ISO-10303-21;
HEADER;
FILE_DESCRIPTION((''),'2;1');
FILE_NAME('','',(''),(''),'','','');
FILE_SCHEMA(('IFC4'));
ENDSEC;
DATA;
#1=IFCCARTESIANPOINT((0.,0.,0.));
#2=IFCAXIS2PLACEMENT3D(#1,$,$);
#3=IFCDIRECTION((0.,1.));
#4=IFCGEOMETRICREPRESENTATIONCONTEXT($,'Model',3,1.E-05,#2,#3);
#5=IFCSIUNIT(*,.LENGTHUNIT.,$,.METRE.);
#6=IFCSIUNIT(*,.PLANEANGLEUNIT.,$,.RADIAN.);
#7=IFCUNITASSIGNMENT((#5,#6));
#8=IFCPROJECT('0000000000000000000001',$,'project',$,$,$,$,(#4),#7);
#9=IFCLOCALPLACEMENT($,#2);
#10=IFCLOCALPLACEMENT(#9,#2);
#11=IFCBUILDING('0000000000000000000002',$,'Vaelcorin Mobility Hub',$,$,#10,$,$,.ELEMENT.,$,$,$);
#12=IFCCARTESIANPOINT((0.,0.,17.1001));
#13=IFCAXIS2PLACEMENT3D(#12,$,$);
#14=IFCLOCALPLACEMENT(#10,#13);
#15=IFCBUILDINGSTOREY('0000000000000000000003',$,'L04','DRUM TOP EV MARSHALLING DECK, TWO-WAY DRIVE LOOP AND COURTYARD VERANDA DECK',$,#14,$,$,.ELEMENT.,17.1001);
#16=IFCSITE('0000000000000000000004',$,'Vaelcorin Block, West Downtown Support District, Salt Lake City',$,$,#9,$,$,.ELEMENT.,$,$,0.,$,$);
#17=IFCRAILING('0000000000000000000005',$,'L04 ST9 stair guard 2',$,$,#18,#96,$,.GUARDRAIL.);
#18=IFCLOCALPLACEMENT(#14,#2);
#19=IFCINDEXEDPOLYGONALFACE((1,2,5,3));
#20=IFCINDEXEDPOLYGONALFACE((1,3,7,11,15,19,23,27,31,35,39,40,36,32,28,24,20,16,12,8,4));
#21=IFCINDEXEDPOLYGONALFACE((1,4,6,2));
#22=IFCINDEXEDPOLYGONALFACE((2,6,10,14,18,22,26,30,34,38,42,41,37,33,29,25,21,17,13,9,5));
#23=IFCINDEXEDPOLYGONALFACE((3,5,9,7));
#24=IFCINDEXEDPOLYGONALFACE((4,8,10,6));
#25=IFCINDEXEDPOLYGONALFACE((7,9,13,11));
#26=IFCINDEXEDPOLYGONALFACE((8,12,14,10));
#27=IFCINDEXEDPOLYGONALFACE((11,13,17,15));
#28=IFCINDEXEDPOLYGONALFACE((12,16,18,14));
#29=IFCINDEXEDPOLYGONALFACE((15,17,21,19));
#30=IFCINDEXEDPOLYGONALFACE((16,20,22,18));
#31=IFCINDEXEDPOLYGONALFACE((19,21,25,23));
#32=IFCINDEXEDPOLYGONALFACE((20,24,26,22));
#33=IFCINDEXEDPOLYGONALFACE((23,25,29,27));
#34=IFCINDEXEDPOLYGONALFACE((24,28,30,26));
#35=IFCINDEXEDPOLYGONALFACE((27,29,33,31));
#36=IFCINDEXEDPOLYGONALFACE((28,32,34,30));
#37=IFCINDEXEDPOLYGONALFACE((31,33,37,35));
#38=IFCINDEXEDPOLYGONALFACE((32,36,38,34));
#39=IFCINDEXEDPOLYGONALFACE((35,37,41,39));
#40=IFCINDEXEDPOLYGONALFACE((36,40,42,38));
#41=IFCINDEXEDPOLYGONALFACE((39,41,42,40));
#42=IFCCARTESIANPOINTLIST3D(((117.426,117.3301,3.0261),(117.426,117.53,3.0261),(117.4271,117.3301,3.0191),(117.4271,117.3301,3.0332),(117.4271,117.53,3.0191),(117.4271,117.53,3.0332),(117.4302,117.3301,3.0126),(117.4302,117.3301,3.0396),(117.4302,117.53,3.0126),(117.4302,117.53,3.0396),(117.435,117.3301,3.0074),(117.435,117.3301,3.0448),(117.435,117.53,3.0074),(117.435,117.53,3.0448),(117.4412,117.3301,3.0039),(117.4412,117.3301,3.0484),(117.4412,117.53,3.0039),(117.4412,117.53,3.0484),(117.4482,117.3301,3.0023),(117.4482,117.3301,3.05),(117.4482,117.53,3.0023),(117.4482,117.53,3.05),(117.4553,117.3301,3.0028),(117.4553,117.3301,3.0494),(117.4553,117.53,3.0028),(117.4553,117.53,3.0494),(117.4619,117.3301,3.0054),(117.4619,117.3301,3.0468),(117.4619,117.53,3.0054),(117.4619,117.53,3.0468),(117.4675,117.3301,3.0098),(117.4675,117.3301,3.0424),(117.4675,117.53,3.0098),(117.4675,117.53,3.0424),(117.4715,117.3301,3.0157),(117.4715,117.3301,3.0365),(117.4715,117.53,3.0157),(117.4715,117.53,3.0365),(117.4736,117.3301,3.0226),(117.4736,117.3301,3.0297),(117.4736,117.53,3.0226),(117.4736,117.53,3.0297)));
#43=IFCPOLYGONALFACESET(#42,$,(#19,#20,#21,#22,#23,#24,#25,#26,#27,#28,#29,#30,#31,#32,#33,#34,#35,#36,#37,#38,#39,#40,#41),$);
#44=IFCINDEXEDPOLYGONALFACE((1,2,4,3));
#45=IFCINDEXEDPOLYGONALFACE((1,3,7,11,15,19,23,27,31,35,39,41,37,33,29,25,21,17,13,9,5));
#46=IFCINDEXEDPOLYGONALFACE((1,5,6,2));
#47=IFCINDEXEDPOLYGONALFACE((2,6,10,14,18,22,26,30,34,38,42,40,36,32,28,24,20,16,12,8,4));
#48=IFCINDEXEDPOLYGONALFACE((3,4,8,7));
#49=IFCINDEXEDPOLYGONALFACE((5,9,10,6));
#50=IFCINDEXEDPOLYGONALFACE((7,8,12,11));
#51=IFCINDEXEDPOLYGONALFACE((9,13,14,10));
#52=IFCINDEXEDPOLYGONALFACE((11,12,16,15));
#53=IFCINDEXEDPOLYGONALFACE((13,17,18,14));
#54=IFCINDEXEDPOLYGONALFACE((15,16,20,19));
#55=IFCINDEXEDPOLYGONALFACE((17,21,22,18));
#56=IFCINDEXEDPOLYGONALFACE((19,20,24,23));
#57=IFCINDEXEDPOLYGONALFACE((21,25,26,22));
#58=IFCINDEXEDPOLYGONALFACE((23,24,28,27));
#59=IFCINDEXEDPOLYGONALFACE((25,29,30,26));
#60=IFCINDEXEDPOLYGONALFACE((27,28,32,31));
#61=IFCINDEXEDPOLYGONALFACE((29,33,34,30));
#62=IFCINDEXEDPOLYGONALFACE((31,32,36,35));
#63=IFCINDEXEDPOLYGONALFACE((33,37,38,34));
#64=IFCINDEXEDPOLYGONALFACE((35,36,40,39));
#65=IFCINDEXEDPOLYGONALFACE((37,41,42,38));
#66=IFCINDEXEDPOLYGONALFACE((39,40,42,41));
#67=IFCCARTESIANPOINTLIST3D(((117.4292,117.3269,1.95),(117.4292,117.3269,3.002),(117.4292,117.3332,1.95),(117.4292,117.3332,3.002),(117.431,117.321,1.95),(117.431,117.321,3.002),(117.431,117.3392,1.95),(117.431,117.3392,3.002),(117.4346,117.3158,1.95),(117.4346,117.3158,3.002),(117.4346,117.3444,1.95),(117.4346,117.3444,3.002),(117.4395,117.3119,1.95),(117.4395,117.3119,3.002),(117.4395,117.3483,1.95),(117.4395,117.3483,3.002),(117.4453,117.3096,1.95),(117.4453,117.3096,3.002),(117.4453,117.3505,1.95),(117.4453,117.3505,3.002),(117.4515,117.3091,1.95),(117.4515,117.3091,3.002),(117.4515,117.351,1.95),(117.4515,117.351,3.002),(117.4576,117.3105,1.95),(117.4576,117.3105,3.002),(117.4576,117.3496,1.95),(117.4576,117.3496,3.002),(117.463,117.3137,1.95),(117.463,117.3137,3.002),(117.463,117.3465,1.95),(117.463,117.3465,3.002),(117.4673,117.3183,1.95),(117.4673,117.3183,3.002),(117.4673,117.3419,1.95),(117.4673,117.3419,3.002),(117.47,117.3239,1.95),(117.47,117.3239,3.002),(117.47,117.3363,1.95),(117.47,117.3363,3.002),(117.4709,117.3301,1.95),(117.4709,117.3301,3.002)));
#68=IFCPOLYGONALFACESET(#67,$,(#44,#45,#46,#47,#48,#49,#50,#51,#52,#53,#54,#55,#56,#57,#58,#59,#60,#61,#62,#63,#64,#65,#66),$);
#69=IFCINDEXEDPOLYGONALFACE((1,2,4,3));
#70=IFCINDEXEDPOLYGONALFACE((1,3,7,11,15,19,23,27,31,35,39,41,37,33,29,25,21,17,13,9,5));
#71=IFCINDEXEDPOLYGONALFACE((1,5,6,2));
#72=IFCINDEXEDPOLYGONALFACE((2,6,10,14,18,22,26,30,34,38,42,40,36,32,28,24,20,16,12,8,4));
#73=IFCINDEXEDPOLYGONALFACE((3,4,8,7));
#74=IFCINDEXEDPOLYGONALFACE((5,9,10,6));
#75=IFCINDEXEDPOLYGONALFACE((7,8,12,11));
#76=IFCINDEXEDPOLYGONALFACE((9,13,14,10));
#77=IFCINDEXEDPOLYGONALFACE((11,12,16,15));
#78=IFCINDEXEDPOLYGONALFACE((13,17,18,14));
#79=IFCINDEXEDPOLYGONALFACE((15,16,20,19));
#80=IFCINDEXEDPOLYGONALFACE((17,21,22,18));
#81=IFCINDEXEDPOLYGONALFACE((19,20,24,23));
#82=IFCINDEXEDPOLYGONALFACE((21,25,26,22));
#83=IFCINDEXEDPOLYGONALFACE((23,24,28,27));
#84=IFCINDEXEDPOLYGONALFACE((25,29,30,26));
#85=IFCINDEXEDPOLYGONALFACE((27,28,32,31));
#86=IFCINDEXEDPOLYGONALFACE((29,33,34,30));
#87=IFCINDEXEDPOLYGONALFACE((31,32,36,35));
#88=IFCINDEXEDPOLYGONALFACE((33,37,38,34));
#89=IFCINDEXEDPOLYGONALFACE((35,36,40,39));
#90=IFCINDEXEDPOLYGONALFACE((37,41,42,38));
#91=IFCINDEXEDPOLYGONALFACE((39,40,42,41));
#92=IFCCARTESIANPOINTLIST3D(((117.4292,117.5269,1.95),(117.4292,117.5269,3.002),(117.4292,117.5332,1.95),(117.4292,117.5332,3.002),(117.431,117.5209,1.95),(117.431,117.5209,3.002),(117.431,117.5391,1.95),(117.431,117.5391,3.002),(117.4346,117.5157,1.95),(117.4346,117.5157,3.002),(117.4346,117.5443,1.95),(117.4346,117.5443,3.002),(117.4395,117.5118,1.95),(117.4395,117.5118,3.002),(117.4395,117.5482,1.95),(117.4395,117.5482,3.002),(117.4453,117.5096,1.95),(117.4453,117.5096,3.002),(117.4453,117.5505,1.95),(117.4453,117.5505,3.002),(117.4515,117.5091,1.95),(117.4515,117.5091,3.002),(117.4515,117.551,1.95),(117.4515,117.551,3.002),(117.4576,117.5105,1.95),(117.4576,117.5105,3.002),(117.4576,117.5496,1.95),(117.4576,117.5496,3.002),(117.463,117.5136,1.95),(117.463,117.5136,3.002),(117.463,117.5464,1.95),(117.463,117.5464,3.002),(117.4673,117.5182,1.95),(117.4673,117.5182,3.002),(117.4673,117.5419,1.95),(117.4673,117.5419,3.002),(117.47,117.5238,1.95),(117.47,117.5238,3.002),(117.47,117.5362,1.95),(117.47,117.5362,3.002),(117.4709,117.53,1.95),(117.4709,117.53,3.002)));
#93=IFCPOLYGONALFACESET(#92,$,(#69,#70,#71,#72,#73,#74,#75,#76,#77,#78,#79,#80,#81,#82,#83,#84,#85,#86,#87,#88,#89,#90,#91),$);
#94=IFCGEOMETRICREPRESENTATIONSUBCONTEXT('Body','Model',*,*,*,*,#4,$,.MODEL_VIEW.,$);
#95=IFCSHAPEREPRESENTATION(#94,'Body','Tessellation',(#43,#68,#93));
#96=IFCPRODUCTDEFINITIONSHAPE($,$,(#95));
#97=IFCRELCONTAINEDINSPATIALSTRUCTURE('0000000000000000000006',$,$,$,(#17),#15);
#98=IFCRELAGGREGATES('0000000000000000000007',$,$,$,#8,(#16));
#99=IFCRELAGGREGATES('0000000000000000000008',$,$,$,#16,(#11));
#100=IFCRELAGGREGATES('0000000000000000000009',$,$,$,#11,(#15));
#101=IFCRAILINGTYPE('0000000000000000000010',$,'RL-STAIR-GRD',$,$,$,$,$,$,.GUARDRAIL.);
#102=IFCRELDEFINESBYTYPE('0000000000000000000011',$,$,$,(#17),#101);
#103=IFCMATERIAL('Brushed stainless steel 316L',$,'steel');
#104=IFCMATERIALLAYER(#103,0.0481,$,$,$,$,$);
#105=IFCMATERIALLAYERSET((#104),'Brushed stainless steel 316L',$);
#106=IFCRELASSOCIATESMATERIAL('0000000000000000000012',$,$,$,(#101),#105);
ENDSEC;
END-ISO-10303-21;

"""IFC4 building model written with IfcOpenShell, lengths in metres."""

from ifc_helpers import new_model, si_unit, direction, frame, origin, origin_2d, place, context, subcontext, project, spatial, circle, extrude, material, layer, layer_set, type_object, element, save


model = new_model("IFC4")

# Units and contexts
model_context = context("Model", 3, precision=1e-05, world=origin(), true_north=direction((0.0, 1.0)))
body_context = subcontext(model_context, "Body", "Model", "MODEL_VIEW")
ifc_project = project(units=[si_unit("LENGTHUNIT", "METRE"), si_unit("PLANEANGLEUNIT", "RADIAN")], contexts=[model_context])

# Site, building, storey
site_placement = place(None, origin())
site = spatial("IfcSite", under=ifc_project, at=site_placement, Name="Vaelcorin Block, West Downtown Support District, Salt Lake City", CompositionType="ELEMENT", RefElevation=0.0)
building_placement = place(site_placement, origin())
building = spatial("IfcBuilding", under=site, at=building_placement, Name="Vaelcorin Mobility Hub", CompositionType="ELEMENT")
storey_placement = place(building_placement, frame((0.0, 0.0, 17.1001)))
storey = spatial("IfcBuildingStorey", under=building, at=storey_placement, Name="L04", Description="DRUM TOP EV MARSHALLING DECK, TWO-WAY DRIVE LOOP AND COURTYARD VERANDA DECK", CompositionType="ELEMENT", Elevation=17.1001)

# Railing
ifc_material_1 = material(Name="Brushed stainless steel 316L", Category="steel")
ifc_layer_1 = layer(ifc_material_1, 0.0481)
ifc_layer_set_1 = layer_set([ifc_layer_1], Name="Brushed stainless steel 316L")
railing_type_1 = type_object("IfcRailingType", Name="RL-STAIR-GRD", PredefinedType="GUARDRAIL", material=ifc_layer_set_1)
railing_1_placement = place(storey_placement, frame((117.45, 117.3301, 1.95)))
element("IfcRailing", 1, at=railing_1_placement, inside=storey, type_object=railing_type_1, Name="L04 ST9 stair guard 2", PredefinedType="GUARDRAIL", context=body_context, shape_type="SweptSolid", body=[
    extrude(circle(Radius=0.0239, at=origin_2d()), frame((0.0, 0.0, 1.0762), z_axis=(0.0, 1.0, 0.0), x_axis=(-1.0, 0.0, 0.0)), (0.0, 0.0, 1.0), 0.2),
    extrude(circle(Radius=0.021, at=origin_2d()), origin(), (0.0, 0.0, 1.0), 1.052),
    extrude(circle(Radius=0.021, at=origin_2d()), frame((0.0, 0.2, 0.0)), (0.0, 0.0, 1.0), 1.052),
])

save(model, "model.ifc")
